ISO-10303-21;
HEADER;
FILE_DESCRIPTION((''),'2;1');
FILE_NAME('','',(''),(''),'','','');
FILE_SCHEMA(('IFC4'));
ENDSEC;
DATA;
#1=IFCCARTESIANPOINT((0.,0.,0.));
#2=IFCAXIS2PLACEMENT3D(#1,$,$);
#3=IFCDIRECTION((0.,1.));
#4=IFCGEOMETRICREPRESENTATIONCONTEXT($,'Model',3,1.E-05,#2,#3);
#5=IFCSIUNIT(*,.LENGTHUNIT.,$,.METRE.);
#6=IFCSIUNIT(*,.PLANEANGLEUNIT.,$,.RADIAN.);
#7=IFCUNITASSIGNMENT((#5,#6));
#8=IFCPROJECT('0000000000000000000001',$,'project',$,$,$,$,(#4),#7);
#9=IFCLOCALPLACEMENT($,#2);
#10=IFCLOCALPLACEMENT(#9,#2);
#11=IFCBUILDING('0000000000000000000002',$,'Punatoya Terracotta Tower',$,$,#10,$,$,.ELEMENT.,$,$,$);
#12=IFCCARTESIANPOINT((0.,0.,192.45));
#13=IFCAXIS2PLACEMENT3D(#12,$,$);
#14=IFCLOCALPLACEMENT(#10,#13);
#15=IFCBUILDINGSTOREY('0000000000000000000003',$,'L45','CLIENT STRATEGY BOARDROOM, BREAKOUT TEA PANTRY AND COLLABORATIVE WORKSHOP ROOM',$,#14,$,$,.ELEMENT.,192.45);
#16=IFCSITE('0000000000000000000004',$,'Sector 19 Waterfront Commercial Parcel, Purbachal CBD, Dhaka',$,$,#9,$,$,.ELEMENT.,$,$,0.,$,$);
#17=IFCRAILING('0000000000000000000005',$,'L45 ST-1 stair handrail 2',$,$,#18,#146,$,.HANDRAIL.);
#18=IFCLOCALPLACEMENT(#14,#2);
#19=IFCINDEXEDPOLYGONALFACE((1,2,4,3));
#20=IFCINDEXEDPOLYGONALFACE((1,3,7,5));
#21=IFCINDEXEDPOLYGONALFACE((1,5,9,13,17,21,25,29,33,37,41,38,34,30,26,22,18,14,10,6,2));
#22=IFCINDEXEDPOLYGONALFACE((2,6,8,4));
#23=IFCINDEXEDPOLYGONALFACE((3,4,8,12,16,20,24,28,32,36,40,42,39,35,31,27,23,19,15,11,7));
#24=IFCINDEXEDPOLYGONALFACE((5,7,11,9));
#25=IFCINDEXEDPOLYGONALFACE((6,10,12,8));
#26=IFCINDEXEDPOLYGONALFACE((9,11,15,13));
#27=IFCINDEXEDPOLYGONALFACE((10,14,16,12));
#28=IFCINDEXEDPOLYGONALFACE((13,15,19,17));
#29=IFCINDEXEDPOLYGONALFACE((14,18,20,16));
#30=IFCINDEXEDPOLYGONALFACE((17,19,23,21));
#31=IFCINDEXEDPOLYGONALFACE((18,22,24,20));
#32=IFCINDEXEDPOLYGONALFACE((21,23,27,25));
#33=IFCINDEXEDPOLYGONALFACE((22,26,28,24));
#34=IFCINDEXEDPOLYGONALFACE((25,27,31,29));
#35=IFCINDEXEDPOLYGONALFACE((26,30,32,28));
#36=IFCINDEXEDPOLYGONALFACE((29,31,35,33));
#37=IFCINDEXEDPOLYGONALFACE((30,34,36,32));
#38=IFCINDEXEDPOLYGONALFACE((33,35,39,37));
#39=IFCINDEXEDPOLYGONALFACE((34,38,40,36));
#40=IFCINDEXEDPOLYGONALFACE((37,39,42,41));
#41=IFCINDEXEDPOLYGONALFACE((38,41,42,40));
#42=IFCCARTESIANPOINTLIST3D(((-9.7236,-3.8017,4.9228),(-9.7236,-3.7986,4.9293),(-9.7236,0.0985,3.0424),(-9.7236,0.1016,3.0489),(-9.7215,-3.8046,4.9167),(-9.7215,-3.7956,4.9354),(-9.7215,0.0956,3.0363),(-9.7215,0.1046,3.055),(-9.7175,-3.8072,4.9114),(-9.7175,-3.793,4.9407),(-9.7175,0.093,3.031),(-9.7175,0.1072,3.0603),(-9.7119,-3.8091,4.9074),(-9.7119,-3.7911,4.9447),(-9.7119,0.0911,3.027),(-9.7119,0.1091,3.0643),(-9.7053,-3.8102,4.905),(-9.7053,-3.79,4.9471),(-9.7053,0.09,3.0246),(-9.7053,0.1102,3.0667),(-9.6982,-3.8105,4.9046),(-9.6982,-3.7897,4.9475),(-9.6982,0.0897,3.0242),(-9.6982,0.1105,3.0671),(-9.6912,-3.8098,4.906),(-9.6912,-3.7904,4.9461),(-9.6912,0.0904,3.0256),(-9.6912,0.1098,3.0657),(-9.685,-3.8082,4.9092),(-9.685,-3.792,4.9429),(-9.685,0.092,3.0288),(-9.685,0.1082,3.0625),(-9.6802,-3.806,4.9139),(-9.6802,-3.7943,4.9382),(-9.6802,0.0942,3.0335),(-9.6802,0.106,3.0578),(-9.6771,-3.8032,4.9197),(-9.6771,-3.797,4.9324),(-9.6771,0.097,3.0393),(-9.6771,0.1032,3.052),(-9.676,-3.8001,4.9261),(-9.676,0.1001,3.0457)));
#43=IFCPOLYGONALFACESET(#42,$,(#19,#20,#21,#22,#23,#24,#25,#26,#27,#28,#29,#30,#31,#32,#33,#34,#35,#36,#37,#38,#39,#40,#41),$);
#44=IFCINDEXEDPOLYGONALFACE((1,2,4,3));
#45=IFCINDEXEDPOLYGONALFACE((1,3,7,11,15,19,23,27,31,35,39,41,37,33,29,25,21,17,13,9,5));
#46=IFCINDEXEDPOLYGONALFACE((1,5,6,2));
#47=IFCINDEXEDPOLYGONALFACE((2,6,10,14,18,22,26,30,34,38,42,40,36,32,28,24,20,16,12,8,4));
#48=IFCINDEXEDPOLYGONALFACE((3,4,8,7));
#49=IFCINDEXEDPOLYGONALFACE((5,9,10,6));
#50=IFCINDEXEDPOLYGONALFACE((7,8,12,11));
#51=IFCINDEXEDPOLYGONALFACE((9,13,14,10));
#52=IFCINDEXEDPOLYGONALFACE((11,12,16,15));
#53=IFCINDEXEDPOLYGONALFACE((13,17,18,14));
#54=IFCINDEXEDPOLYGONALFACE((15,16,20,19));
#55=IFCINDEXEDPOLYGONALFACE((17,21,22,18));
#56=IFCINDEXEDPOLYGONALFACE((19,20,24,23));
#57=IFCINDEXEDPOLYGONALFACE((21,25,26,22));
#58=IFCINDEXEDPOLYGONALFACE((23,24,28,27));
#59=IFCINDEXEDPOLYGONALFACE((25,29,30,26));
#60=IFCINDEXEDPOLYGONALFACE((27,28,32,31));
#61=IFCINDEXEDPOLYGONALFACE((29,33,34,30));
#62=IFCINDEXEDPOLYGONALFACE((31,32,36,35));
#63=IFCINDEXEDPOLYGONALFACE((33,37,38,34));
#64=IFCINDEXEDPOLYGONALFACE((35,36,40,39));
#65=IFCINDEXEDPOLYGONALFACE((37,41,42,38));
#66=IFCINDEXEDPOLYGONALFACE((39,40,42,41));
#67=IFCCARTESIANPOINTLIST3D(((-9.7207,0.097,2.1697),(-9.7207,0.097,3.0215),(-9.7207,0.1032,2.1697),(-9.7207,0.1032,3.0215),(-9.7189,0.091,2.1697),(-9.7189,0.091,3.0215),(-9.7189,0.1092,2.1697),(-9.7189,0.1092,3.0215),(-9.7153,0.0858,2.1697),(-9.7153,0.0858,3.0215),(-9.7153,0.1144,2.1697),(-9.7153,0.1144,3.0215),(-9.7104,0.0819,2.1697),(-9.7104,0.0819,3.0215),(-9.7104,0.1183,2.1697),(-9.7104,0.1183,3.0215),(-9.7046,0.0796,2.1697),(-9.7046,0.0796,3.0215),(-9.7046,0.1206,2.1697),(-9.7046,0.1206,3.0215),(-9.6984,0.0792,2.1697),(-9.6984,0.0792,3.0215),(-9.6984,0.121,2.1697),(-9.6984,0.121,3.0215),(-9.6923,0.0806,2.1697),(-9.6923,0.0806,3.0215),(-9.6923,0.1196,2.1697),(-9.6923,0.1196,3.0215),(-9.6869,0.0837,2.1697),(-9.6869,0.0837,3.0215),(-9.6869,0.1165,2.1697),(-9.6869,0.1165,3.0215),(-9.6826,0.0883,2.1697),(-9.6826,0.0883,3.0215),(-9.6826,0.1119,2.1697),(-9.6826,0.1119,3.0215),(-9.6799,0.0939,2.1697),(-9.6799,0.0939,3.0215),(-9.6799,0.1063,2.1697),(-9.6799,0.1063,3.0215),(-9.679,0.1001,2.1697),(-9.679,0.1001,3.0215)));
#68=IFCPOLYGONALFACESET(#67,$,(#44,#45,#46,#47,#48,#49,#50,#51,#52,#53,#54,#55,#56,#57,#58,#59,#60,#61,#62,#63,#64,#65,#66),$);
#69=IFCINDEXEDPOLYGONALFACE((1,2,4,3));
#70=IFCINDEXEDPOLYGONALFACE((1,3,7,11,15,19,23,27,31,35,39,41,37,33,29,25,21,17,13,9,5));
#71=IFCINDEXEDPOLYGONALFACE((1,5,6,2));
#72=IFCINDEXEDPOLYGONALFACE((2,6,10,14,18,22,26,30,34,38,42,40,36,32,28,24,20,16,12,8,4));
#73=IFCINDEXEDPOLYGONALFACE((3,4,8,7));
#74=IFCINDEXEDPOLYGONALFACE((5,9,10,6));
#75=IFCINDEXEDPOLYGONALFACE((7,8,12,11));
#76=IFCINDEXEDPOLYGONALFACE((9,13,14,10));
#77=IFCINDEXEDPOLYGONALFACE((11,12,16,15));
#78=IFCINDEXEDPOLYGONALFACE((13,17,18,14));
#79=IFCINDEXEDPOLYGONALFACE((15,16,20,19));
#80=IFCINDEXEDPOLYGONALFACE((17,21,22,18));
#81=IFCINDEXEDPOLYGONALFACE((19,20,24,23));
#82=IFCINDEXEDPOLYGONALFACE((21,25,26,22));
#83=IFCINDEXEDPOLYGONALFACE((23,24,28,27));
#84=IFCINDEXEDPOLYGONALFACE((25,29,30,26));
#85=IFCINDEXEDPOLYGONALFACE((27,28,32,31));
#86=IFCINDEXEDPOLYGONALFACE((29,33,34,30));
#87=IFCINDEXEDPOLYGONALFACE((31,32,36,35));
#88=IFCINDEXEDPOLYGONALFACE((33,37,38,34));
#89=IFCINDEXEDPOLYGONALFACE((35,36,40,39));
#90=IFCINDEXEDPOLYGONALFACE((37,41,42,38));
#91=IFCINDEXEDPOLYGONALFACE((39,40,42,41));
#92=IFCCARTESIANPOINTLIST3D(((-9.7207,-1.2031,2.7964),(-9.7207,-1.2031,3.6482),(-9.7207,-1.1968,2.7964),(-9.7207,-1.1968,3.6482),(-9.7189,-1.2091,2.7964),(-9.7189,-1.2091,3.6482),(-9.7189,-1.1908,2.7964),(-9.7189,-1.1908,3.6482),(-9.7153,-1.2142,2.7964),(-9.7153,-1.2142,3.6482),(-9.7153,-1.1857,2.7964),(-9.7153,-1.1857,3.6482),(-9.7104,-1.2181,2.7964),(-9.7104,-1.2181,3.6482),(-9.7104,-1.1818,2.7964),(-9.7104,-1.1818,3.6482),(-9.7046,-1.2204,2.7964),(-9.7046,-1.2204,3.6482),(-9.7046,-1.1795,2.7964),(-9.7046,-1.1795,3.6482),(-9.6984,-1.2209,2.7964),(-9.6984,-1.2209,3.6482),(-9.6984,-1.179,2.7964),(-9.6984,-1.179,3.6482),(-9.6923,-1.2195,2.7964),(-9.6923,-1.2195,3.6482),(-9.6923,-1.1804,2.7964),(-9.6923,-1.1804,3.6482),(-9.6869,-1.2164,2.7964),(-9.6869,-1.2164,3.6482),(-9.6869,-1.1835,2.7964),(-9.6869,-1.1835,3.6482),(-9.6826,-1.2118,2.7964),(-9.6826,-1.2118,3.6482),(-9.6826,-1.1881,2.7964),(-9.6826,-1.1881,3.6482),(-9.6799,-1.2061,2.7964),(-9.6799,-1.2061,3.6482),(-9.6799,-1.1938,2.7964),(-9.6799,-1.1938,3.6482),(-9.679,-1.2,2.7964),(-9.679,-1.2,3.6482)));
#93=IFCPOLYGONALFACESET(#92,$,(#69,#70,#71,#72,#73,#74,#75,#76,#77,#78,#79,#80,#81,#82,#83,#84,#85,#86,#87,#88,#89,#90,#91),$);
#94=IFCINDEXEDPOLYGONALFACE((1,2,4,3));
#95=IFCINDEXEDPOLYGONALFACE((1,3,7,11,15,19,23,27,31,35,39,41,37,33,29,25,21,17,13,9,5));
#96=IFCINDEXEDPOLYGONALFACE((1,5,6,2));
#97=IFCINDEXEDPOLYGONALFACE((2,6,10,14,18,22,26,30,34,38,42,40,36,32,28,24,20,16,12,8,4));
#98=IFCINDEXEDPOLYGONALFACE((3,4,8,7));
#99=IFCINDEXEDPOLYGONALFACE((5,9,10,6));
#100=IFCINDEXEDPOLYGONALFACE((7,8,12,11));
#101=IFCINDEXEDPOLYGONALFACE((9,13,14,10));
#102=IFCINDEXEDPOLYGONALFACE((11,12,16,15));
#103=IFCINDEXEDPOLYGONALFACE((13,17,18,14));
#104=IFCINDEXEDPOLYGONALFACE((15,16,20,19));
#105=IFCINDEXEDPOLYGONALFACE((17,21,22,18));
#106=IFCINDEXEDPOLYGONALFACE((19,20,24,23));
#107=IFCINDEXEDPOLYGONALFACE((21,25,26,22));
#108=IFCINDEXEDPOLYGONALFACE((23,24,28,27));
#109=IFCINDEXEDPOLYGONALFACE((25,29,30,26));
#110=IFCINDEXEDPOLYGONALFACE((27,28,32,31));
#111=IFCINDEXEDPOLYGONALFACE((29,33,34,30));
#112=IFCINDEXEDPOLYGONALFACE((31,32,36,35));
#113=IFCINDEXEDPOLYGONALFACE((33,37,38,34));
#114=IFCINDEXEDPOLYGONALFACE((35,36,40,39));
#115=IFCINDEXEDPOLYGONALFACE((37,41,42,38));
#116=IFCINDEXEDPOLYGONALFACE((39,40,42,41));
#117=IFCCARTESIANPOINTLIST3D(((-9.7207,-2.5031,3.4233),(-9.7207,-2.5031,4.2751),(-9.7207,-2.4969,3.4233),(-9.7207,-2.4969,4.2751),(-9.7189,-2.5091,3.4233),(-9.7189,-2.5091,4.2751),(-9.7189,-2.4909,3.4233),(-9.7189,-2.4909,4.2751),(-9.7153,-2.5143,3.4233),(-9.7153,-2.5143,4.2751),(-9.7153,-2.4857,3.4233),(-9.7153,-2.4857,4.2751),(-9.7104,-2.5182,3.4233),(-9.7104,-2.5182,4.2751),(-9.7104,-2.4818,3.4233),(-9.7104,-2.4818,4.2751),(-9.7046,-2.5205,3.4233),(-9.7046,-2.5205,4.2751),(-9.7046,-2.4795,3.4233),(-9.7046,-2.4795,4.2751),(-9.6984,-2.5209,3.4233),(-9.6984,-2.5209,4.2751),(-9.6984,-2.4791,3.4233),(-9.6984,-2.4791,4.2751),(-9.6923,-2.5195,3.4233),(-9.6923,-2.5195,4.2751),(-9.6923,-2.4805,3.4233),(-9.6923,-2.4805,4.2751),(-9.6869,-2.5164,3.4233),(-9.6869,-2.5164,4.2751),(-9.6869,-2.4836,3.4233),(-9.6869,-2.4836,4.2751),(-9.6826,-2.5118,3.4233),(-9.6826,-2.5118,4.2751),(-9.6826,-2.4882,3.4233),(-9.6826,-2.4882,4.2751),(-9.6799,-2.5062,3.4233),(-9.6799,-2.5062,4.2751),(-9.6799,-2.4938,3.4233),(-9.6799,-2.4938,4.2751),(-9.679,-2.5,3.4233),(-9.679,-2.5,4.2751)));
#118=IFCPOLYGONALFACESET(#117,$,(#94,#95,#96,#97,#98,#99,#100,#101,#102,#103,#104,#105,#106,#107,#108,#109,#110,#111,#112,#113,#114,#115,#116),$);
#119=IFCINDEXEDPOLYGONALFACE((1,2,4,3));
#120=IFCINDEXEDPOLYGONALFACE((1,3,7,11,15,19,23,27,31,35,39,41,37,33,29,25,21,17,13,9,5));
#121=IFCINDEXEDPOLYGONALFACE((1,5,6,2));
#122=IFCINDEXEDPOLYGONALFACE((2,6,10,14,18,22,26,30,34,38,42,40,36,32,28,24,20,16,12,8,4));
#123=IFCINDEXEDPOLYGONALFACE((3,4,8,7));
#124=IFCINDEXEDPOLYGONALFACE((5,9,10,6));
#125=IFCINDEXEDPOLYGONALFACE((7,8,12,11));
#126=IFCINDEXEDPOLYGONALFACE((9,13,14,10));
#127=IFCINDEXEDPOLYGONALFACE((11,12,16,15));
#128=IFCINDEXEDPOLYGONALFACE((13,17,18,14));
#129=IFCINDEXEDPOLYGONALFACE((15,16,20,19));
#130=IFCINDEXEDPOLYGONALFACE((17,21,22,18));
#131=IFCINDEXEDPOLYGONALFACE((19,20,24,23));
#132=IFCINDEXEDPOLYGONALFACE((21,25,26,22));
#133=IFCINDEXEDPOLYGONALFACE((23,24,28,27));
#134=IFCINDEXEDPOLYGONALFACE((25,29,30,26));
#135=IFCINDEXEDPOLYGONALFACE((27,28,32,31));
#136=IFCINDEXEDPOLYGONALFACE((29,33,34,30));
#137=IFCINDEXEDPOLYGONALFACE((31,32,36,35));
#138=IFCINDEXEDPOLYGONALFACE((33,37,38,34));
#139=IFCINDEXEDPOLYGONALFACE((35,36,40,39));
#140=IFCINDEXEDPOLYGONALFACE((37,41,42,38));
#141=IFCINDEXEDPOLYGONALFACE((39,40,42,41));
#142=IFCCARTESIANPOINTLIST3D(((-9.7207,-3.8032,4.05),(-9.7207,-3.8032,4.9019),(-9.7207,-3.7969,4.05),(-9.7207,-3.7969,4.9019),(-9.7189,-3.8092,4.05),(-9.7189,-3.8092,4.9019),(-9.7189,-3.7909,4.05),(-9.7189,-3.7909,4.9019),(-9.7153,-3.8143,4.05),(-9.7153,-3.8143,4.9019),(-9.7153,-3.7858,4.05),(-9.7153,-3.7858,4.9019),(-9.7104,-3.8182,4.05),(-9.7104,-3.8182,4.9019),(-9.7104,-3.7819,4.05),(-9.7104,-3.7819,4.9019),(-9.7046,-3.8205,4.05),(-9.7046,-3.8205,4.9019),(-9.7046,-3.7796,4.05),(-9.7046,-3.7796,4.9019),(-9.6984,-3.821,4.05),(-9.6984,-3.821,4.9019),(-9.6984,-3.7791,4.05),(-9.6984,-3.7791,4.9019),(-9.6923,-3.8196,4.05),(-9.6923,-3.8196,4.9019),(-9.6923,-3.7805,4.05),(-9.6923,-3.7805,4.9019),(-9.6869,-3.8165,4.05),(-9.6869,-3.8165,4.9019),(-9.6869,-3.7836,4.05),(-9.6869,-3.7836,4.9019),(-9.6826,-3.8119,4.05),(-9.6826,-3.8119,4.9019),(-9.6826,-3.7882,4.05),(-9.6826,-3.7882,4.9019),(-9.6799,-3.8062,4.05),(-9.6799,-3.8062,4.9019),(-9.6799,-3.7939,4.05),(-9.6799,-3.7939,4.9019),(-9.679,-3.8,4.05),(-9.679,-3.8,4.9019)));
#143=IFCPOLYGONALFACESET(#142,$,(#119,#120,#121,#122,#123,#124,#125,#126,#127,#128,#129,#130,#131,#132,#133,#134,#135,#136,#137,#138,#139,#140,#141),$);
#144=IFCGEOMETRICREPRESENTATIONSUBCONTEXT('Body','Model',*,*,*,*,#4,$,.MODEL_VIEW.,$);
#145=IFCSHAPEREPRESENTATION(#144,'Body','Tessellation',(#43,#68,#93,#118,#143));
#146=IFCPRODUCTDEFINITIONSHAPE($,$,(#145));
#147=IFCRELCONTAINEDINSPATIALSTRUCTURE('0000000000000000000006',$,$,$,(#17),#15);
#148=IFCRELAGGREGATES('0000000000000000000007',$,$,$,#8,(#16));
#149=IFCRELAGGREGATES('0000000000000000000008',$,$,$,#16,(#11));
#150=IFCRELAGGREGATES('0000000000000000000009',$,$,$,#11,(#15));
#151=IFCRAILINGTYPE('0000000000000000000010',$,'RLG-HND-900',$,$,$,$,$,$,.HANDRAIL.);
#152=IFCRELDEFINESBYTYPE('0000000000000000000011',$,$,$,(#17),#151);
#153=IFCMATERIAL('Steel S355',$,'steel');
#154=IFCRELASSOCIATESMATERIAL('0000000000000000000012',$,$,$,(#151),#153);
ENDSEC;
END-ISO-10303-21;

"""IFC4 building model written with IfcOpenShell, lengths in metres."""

from ifc_helpers import new_model, si_unit, direction, frame, origin, origin_2d, place, context, subcontext, project, spatial, circle, extrude, material, type_object, element, save


model = new_model("IFC4")

# Units and contexts
model_context = context("Model", 3, precision=1e-05, world=origin(), true_north=direction((0.0, 1.0)))
body_context = subcontext(model_context, "Body", "Model", "MODEL_VIEW")
ifc_project = project(units=[si_unit("LENGTHUNIT", "METRE"), si_unit("PLANEANGLEUNIT", "RADIAN")], contexts=[model_context])

# Site, building, storey
site_placement = place(None, origin())
site = spatial("IfcSite", under=ifc_project, at=site_placement, Name="Sector 19 Waterfront Commercial Parcel, Purbachal CBD, Dhaka", CompositionType="ELEMENT", RefElevation=0.0)
building_placement = place(site_placement, origin())
building = spatial("IfcBuilding", under=site, at=building_placement, Name="Punatoya Terracotta Tower", CompositionType="ELEMENT")
storey_placement = place(building_placement, frame((0.0, 0.0, 192.45)))
storey = spatial("IfcBuildingStorey", under=building, at=storey_placement, Name="L45", Description="CLIENT STRATEGY BOARDROOM, BREAKOUT TEA PANTRY AND COLLABORATIVE WORKSHOP ROOM", CompositionType="ELEMENT", Elevation=192.45)

# Shared definitions
ifc_material_1 = material(Name="Steel S355", Category="steel")

# Railing
railing_type_1 = type_object("IfcRailingType", Name="RLG-HND-900", PredefinedType="HANDRAIL", material=ifc_material_1)
railing_1_placement = place(storey_placement, frame((-9.7, 0.1001, 2.1697)))
element("IfcRailing", 1, at=railing_1_placement, inside=storey, type_object=railing_type_1, Name="L45 ST-1 stair handrail 2", PredefinedType="HANDRAIL", context=body_context, shape_type="SweptSolid", body=[
    extrude(circle(Radius=0.0239, at=origin_2d()), frame((0.0, 0.0, 0.876), z_axis=(0.0, -0.900774, 0.434289), x_axis=(1.0, 0.0, 0.0)), (0.0, 0.0, 1.0), 4.3298),
    extrude(circle(Radius=0.021, at=origin_2d()), origin(), (0.0, 0.0, 1.0), 0.8518),
    extrude(circle(Radius=0.021, at=origin_2d()), frame((0.0, -1.3, 0.6267)), (0.0, 0.0, 1.0), 0.8518),
    extrude(circle(Radius=0.021, at=origin_2d()), frame((0.0, -2.6001, 1.2537)), (0.0, 0.0, 1.0), 0.8518),
    extrude(circle(Radius=0.021, at=origin_2d()), frame((0.0, -3.9001, 1.8804)), (0.0, 0.0, 1.0), 0.8518),
])

save(model, "model.ifc")
